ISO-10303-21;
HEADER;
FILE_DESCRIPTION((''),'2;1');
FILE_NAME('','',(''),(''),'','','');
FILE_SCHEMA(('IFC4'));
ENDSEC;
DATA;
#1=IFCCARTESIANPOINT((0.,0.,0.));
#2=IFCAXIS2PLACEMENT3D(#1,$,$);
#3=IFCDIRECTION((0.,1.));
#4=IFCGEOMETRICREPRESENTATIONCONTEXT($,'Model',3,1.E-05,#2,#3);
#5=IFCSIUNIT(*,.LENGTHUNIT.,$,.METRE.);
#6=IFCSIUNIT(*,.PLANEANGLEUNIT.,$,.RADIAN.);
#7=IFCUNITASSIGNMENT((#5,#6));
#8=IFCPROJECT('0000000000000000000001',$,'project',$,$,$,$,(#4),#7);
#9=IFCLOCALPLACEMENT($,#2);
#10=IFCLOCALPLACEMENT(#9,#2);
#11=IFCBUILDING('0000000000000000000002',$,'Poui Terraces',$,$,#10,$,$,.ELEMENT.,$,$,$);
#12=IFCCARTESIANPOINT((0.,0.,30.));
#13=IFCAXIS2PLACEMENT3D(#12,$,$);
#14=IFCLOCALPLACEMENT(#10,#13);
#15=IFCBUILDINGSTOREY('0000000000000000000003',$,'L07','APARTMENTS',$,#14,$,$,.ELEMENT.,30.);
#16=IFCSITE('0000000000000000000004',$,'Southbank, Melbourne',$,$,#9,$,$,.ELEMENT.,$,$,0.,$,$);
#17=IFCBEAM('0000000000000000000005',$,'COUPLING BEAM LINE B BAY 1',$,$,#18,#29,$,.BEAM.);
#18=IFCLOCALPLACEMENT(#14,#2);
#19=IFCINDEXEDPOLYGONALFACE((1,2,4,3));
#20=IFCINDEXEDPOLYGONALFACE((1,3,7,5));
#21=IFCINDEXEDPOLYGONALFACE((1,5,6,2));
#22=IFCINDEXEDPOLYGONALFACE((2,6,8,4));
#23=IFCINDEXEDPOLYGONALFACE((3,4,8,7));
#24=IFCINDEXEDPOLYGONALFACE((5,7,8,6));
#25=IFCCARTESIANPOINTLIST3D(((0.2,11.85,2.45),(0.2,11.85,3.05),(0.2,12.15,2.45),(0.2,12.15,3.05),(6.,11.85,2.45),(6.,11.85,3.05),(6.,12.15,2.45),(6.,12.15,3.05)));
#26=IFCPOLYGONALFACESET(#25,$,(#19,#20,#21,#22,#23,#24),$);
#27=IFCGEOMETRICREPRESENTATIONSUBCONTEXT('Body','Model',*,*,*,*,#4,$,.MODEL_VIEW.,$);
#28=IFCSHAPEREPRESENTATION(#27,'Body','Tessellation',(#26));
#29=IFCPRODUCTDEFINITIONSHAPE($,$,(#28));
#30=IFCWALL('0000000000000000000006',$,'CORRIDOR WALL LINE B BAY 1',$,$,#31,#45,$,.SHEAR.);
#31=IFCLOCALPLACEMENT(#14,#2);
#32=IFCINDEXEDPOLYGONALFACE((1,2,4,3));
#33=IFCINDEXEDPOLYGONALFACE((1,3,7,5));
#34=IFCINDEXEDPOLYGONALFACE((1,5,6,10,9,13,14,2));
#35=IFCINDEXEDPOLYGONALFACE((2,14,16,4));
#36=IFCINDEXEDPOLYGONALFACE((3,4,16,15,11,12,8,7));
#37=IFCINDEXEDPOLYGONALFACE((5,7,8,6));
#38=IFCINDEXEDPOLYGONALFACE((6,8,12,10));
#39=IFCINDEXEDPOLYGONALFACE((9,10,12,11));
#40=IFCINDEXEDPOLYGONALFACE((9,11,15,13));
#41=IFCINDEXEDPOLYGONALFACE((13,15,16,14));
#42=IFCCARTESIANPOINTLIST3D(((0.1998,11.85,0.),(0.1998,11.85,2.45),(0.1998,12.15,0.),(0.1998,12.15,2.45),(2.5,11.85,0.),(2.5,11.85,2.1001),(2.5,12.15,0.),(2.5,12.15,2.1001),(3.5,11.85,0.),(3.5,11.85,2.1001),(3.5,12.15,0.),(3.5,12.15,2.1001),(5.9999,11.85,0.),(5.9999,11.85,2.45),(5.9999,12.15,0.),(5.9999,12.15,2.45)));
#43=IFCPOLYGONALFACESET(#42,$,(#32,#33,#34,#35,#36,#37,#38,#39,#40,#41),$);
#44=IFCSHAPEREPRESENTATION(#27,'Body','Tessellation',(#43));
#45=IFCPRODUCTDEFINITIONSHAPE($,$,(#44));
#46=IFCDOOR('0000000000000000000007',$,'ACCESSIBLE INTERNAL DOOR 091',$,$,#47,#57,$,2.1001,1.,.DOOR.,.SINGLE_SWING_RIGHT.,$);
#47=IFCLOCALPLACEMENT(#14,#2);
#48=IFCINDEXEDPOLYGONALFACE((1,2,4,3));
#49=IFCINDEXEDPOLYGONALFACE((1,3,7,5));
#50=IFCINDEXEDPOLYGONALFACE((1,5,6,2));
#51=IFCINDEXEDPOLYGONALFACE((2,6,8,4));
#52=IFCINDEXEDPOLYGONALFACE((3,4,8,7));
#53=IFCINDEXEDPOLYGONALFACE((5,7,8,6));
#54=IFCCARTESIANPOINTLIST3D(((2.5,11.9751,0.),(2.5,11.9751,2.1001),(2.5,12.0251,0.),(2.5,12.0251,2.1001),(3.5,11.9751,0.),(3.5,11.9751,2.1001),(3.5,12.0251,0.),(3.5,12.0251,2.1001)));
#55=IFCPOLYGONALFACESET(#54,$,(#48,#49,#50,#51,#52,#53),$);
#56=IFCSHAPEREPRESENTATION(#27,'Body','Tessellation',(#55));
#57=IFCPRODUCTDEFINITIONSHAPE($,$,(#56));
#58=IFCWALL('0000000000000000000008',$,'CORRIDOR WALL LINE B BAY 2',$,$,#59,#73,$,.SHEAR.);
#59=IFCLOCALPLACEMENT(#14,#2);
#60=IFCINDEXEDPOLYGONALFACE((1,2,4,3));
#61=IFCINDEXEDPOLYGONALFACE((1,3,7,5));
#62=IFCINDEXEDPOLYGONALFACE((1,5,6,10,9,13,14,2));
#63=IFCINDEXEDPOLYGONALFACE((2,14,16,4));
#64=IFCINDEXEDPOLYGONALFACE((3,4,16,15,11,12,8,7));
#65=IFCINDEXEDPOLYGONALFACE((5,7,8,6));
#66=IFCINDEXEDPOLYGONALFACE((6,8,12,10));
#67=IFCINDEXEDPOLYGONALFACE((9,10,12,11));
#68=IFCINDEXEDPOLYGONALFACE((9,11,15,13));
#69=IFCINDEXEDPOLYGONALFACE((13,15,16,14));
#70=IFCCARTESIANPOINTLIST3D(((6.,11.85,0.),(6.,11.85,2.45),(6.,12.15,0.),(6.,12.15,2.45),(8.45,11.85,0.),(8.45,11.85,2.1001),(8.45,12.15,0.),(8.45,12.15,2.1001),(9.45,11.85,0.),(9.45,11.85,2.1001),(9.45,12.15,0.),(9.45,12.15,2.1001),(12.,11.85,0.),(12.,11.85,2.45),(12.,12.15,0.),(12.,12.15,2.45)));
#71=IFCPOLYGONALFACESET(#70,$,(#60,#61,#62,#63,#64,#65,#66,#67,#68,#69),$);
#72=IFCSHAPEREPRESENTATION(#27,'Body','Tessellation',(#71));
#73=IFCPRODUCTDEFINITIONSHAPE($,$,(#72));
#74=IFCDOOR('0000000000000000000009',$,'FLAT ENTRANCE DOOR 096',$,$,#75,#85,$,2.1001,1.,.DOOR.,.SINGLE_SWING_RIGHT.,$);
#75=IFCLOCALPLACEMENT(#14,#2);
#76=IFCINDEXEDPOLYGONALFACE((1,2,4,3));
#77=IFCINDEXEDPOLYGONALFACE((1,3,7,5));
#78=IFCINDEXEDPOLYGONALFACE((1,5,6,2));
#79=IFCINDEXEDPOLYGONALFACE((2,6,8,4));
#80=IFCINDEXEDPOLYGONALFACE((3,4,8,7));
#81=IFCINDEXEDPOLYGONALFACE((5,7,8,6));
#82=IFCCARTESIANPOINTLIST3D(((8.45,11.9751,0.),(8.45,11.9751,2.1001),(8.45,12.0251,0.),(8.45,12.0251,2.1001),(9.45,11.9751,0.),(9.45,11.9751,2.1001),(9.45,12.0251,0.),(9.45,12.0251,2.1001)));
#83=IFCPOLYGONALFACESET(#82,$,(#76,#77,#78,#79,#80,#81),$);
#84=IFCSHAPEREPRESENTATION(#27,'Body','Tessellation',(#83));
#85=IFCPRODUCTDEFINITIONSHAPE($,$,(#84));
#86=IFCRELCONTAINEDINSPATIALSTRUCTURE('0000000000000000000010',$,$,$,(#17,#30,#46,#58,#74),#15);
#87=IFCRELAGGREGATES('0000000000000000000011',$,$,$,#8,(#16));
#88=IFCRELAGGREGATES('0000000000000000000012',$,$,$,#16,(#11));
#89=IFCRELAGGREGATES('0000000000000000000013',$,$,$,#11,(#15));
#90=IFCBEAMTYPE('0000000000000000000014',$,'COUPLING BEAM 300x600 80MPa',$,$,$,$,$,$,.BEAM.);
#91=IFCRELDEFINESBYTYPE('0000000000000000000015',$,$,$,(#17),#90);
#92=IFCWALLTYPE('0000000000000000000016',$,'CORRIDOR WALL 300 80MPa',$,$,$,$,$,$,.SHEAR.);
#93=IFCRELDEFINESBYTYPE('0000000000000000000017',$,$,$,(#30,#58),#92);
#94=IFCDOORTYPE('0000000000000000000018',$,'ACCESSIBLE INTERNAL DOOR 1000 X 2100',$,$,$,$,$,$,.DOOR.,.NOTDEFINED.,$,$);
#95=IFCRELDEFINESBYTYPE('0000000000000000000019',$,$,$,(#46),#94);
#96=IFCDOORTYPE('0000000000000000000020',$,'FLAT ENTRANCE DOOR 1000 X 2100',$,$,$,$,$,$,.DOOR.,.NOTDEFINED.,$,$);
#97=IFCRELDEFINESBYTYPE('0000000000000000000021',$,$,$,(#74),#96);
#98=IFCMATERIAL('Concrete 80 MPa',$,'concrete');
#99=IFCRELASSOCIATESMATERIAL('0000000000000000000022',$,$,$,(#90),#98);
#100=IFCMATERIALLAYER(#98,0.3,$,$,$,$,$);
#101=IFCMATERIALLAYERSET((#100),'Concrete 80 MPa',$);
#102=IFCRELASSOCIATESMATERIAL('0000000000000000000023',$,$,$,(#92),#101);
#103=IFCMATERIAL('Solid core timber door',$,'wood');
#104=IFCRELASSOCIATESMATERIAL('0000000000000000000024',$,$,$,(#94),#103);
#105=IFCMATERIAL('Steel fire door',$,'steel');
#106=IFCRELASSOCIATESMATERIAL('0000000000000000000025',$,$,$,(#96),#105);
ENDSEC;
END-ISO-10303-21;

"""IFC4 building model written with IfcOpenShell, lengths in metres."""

from ifc_helpers import new_model, si_unit, direction, frame, frame_2d, origin, origin_2d, place, context, subcontext, project, spatial, rectangle, extrude, source, transform, mapped, material, layer, layer_set, material_profile, profile_set, type_object, element, fill, save


model = new_model("IFC4")

# Units and contexts
model_context = context("Model", 3, precision=1e-05, world=origin(), true_north=direction((0.0, 1.0)))
body_context = subcontext(model_context, "Body", "Model", "MODEL_VIEW")
ifc_project = project(units=[si_unit("LENGTHUNIT", "METRE"), si_unit("PLANEANGLEUNIT", "RADIAN")], contexts=[model_context])

# Site, building, storey
site_placement = place(None, origin())
site = spatial("IfcSite", under=ifc_project, at=site_placement, Name="Southbank, Melbourne", CompositionType="ELEMENT", RefElevation=0.0)
building_placement = place(site_placement, origin())
building = spatial("IfcBuilding", under=site, at=building_placement, Name="Poui Terraces", CompositionType="ELEMENT")
storey_placement = place(building_placement, frame((0.0, 0.0, 30.0)))
storey = spatial("IfcBuildingStorey", under=building, at=storey_placement, Name="L07", Description="APARTMENTS", CompositionType="ELEMENT", Elevation=30.0)

# Beam
ifc_material_1 = material(Name="Concrete 80 MPa", Category="concrete")
ifc_material_profile = material_profile(ifc_material_1, rectangle(XDim=0.3, YDim=0.6001, at=origin_2d()), Name="RC 300x600")
ifc_profile_set = profile_set([ifc_material_profile], Name="Concrete 80 MPa")
beam_type = type_object("IfcBeamType", Name="COUPLING BEAM 300x600 80MPa", PredefinedType="BEAM", material=ifc_profile_set)
shared_shape = source(origin(), body_context, "Body", "SweptSolid", [
    extrude(rectangle(XDim=0.3, YDim=0.6001, at=origin_2d()), origin(), (0.0, 0.0, 1.0), 5.8),
])
beam_placement = place(storey_placement, frame((0.2, 12.0, 2.75), z_axis=(1.0, 0.0, 0.0), x_axis=(0.0, 1.0, 0.0)))
element("IfcBeam", 1, at=beam_placement, inside=storey, type_object=beam_type, Name="COUPLING BEAM LINE B BAY 1", PredefinedType="BEAM", context=body_context, shape_type="MappedRepresentation", body=[
    mapped(shared_shape, transform((0.0, 0.0, 0.0))),
])

# Walls, openings, doors
ifc_layer_1 = layer(ifc_material_1, 0.3)
ifc_layer_set_1 = layer_set([ifc_layer_1], Name="Concrete 80 MPa")
wall_type_1 = type_object("IfcWallType", Name="CORRIDOR WALL 300 80MPa", PredefinedType="SHEAR", material=ifc_layer_set_1)
wall_1_placement = place(storey_placement, frame((0.2, 12.0, 0.0), z_axis=(0.0, 0.0, 1.0), x_axis=(1.0, 0.0, 0.0)))
wall_1 = element("IfcWall", 2, at=wall_1_placement, inside=storey, type_object=wall_type_1, Name="CORRIDOR WALL LINE B BAY 1", PredefinedType="SHEAR", context=body_context, shape_type="SweptSolid", body=[
    extrude(rectangle(XDim=5.8, YDim=0.3, at=frame_2d((2.8999, 0.0))), origin(), (0.0, 0.0, 1.0), 2.45),
])
opening_1_placement = place(wall_1_placement, frame((2.3, 0.0, 0.0)))
opening_1 = element("IfcOpeningElement", 3, at=opening_1_placement, cuts=wall_1, PredefinedType="OPENING", context=body_context, shape_type="SweptSolid", body=[
    extrude(rectangle(XDim=1.0, YDim=2.1001, at=frame_2d((0.5, 1.05))), frame((0.0, 0.1602, 0.0), z_axis=(0.0, -1.0, 0.0), x_axis=(1.0, 0.0, 0.0)), (0.0, 0.0, 1.0), 0.3201),
])
ifc_material_2 = material(Name="Solid core timber door", Category="wood")
door_type_1 = type_object("IfcDoorType", Name="ACCESSIBLE INTERNAL DOOR 1000 X 2100", OperationType="NOTDEFINED", PredefinedType="DOOR", material=ifc_material_2)
door_1_placement = place(opening_1_placement, frame((1.0, 0.0, 0.0), z_axis=(0.0, 0.0, 1.0), x_axis=(-1.0, 0.0, 0.0)))
door_1 = element("IfcDoor", 4, at=door_1_placement, inside=storey, type_object=door_type_1, Name="ACCESSIBLE INTERNAL DOOR 091", OperationType="SINGLE_SWING_RIGHT", OverallHeight=2.1001, OverallWidth=1.0, PredefinedType="DOOR", context=body_context, shape_type="SweptSolid", body=[
    extrude(rectangle(XDim=1.0, YDim=2.1001, at=frame_2d((0.5, 1.05))), frame((0.0, 0.0249, 0.0), z_axis=(0.0, -1.0, 0.0), x_axis=(1.0, 0.0, 0.0)), (0.0, 0.0, 1.0), 0.05),
])
fill(opening_1, door_1)
wall_2_placement = place(storey_placement, frame((6.0, 12.0, 0.0), z_axis=(0.0, 0.0, 1.0), x_axis=(1.0, 0.0, 0.0)))
wall_2 = element("IfcWall", 5, at=wall_2_placement, inside=storey, type_object=wall_type_1, Name="CORRIDOR WALL LINE B BAY 2", PredefinedType="SHEAR", context=body_context, shape_type="SweptSolid", body=[
    extrude(rectangle(XDim=6.0, YDim=0.3, at=frame_2d((3.0, 0.0))), origin(), (0.0, 0.0, 1.0), 2.45),
])
opening_2_placement = place(wall_2_placement, frame((2.45, 0.0, 0.0)))
opening_2 = element("IfcOpeningElement", 6, at=opening_2_placement, cuts=wall_2, PredefinedType="OPENING", context=body_context, shape_type="SweptSolid", body=[
    extrude(rectangle(XDim=1.0, YDim=2.1001, at=frame_2d((0.5, 1.05))), frame((0.0, 0.1602, 0.0), z_axis=(0.0, -1.0, 0.0), x_axis=(1.0, 0.0, 0.0)), (0.0, 0.0, 1.0), 0.3201),
])
ifc_material_3 = material(Name="Steel fire door", Category="steel")
door_type_2 = type_object("IfcDoorType", Name="FLAT ENTRANCE DOOR 1000 X 2100", OperationType="NOTDEFINED", PredefinedType="DOOR", material=ifc_material_3)
door_2_placement = place(opening_2_placement, frame((1.0, 0.0, 0.0), z_axis=(0.0, 0.0, 1.0), x_axis=(-1.0, 0.0, 0.0)))
door_2 = element("IfcDoor", 7, at=door_2_placement, inside=storey, type_object=door_type_2, Name="FLAT ENTRANCE DOOR 096", OperationType="SINGLE_SWING_RIGHT", OverallHeight=2.1001, OverallWidth=1.0, PredefinedType="DOOR", context=body_context, shape_type="SweptSolid", body=[
    extrude(rectangle(XDim=1.0, YDim=2.1001, at=frame_2d((0.5, 1.05))), frame((0.0, 0.0249, 0.0), z_axis=(0.0, -1.0, 0.0), x_axis=(1.0, 0.0, 0.0)), (0.0, 0.0, 1.0), 0.05),
])
fill(opening_2, door_2)

save(model, "model.ifc")
